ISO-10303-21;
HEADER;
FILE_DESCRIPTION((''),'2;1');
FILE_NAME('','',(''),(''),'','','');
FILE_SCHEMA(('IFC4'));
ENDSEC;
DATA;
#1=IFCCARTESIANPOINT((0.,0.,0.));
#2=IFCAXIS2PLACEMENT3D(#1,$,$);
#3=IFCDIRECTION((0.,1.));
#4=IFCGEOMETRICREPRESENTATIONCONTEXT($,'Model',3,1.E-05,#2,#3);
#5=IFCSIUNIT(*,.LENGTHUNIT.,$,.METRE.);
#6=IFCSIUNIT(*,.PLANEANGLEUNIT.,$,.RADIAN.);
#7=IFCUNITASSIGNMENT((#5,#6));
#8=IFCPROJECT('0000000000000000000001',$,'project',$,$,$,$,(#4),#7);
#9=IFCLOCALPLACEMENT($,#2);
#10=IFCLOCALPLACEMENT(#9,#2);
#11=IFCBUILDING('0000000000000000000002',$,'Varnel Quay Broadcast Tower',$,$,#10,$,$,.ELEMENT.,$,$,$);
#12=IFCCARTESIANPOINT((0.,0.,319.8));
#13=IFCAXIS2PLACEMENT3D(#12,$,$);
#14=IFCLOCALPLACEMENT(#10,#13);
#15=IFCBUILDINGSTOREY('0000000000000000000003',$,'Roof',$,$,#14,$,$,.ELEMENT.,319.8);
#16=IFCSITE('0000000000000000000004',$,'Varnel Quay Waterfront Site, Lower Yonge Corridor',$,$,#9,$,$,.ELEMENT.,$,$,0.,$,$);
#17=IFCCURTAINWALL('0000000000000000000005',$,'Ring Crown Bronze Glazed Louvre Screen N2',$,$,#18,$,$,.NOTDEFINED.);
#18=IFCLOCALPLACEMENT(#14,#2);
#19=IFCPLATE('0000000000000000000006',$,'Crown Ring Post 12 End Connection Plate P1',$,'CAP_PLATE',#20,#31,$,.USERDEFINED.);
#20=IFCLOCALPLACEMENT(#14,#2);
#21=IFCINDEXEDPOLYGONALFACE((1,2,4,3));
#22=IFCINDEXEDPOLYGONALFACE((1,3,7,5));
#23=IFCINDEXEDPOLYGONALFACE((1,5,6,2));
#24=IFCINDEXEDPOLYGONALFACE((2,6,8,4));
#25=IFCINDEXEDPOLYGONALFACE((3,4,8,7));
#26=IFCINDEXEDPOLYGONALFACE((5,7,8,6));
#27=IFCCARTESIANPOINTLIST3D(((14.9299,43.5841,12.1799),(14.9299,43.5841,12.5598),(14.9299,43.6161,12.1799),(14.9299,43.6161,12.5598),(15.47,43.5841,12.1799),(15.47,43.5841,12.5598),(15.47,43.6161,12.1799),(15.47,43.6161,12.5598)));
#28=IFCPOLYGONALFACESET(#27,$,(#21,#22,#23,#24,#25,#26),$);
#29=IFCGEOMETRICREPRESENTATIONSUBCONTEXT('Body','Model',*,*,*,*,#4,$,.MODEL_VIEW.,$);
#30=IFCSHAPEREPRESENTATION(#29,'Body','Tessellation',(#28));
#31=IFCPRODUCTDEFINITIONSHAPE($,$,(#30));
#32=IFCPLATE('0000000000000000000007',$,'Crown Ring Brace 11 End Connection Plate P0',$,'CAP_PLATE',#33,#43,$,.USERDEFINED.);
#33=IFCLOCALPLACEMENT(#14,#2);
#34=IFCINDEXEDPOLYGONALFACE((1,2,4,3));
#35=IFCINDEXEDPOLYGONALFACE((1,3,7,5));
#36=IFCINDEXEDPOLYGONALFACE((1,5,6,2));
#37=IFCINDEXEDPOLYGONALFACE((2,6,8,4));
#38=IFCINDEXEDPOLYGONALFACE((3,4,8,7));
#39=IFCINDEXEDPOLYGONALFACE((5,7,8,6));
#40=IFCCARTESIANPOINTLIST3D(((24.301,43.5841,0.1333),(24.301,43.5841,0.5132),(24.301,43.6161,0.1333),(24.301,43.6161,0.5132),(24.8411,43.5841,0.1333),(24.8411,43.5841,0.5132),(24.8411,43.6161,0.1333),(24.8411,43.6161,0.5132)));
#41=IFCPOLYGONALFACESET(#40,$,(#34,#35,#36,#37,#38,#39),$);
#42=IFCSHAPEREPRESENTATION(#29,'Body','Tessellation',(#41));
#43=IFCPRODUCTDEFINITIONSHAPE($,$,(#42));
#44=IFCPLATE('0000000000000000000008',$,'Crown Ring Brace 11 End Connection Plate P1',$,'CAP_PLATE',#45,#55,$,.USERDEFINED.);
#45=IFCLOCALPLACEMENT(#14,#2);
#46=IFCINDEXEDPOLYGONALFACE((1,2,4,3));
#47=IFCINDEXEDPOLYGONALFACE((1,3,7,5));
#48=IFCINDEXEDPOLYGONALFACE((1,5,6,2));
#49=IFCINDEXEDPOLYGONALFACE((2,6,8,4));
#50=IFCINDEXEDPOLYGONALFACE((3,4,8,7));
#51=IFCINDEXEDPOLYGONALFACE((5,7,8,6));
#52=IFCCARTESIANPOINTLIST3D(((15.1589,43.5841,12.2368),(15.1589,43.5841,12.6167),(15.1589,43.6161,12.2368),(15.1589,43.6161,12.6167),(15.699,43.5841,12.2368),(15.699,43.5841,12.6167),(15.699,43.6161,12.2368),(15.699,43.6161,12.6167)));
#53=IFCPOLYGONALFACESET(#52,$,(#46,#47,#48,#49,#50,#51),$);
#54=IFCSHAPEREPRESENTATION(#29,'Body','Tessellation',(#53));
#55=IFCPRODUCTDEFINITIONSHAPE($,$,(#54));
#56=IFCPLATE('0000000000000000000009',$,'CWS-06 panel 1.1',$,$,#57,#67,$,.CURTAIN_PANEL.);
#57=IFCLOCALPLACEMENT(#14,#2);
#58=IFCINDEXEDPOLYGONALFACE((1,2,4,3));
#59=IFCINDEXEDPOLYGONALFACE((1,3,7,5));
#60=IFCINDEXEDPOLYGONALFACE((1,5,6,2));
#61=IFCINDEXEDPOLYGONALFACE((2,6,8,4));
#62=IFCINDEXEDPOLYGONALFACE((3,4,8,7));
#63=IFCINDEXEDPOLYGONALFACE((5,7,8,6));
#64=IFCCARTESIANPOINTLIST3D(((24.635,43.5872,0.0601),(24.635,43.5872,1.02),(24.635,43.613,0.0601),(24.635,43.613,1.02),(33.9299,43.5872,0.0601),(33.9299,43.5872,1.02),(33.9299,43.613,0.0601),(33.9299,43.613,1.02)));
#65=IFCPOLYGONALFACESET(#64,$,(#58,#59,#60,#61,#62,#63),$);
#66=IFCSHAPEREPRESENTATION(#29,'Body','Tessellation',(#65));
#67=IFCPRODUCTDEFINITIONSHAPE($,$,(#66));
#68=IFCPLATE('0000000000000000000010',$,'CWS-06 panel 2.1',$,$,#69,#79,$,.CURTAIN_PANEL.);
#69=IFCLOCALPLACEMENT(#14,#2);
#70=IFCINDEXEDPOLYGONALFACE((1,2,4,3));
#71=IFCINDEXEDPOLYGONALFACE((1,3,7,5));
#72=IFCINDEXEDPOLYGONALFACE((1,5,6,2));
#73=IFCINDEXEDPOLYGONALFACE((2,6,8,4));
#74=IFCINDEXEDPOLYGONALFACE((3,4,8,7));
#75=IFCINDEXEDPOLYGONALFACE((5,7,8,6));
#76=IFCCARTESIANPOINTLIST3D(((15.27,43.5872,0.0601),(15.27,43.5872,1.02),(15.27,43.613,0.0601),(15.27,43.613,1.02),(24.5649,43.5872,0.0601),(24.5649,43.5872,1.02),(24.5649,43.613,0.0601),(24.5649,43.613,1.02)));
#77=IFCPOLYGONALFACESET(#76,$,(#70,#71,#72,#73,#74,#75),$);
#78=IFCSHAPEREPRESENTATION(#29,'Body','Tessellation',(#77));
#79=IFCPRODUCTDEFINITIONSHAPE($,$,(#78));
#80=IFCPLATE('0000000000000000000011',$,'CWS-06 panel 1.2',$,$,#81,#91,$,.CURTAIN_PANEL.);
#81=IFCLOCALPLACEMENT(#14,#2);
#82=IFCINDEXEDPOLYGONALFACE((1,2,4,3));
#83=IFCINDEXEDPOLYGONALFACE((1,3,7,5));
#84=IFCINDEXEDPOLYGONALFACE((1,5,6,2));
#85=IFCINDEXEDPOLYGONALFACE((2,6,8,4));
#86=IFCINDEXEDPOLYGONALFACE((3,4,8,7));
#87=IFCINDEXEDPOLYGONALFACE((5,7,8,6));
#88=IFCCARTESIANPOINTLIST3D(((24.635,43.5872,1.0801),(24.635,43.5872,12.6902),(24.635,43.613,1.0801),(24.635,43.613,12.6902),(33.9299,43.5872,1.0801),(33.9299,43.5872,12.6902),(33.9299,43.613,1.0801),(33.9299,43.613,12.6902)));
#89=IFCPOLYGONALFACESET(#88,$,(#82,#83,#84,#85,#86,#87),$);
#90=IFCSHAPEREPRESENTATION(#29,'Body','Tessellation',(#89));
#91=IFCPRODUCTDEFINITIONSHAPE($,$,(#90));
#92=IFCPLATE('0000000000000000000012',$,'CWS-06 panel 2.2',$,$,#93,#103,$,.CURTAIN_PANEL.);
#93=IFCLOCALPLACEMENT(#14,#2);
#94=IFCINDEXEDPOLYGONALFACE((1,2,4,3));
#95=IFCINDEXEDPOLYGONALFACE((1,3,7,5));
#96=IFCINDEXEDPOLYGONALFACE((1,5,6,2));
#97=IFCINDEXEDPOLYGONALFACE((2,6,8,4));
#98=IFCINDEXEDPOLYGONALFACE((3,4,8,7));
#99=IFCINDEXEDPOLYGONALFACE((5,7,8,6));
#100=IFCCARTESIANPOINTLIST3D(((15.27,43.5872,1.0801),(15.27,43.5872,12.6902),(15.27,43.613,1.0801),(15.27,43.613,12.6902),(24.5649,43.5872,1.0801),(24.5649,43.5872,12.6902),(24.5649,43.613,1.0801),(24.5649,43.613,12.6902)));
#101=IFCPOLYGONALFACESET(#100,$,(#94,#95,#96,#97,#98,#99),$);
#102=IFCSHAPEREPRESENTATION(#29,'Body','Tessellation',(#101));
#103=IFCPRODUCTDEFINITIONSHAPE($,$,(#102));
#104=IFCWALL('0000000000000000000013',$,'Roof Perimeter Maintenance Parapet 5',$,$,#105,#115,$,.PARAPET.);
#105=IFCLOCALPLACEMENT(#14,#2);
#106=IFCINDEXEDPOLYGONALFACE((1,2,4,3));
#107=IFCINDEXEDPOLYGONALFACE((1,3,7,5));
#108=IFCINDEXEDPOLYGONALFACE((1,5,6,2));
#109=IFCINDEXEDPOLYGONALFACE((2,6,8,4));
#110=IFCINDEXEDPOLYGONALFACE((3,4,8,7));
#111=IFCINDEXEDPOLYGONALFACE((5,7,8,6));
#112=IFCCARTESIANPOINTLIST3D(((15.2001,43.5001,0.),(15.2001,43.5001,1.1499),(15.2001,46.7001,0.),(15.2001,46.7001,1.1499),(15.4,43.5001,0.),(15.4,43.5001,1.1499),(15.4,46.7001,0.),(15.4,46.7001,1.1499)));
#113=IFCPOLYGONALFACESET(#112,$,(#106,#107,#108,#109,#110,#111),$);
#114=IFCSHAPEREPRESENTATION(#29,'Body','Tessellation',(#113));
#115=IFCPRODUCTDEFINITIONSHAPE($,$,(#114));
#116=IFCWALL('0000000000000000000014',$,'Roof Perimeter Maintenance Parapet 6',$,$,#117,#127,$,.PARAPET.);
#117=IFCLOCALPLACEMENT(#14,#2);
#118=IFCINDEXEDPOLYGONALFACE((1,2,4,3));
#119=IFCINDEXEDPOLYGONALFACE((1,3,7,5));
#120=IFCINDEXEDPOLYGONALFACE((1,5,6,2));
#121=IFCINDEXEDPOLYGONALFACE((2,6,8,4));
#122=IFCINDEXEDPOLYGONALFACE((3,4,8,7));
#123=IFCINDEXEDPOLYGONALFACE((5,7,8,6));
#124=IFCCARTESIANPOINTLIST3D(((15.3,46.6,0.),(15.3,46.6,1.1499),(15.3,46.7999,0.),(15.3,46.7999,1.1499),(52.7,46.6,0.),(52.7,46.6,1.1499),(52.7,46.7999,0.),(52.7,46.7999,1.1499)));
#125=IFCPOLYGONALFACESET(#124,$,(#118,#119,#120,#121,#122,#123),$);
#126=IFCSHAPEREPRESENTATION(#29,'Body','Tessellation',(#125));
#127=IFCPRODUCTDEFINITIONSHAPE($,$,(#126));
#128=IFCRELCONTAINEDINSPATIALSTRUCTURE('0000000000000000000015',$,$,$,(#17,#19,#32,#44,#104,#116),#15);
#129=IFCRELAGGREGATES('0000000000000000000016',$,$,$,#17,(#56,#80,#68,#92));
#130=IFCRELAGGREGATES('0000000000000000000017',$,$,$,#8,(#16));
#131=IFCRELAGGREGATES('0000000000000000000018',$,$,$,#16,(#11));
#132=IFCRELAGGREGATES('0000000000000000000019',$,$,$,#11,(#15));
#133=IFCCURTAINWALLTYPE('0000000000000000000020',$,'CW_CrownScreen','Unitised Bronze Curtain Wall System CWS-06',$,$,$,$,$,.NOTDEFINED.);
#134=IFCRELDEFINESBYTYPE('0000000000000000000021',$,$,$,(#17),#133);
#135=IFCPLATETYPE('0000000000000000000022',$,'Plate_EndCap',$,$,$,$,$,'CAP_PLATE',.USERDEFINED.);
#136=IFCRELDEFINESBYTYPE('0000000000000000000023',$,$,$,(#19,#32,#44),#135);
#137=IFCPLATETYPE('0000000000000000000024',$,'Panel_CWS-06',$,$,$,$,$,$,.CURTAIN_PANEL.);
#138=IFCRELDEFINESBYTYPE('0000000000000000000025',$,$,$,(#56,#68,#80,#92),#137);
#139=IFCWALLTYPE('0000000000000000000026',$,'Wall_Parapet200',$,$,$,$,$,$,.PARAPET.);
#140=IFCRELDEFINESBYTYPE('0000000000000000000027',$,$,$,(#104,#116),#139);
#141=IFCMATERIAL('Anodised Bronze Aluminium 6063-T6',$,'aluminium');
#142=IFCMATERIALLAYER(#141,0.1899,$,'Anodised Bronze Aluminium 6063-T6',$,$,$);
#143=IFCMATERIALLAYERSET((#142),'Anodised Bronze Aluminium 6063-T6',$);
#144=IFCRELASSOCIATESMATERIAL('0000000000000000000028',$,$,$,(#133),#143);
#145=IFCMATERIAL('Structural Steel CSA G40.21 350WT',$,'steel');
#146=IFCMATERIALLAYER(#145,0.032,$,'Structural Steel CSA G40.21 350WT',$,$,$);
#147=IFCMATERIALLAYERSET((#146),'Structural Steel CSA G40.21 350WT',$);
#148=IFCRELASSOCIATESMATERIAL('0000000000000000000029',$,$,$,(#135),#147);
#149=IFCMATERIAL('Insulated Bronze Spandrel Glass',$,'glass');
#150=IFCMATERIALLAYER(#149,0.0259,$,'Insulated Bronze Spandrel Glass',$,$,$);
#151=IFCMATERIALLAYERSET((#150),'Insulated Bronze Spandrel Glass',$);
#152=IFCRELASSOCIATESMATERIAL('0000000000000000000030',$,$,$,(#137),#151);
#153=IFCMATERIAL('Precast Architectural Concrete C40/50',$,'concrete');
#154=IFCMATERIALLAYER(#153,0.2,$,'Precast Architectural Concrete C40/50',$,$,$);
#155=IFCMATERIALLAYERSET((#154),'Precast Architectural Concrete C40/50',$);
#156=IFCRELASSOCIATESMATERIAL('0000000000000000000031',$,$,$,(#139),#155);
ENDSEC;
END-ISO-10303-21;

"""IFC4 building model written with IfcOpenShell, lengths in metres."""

from ifc_helpers import new_model, si_unit, direction, frame, frame_2d, origin, origin_2d, place, context, subcontext, project, spatial, rectangle, extrude, source, transform, mapped, material, layer, layer_set, type_object, type_shapes, element, aggregate, save


model = new_model("IFC4")

# Units and contexts
model_context = context("Model", 3, precision=1e-05, world=origin(), true_north=direction((0.0, 1.0)))
body_context = subcontext(model_context, "Body", "Model", "MODEL_VIEW")
ifc_project = project(units=[si_unit("LENGTHUNIT", "METRE"), si_unit("PLANEANGLEUNIT", "RADIAN")], contexts=[model_context])

# Site, building, storey
site_placement = place(None, origin())
site = spatial("IfcSite", under=ifc_project, at=site_placement, Name="Varnel Quay Waterfront Site, Lower Yonge Corridor", CompositionType="ELEMENT", RefElevation=0.0)
building_placement = place(site_placement, origin())
building = spatial("IfcBuilding", under=site, at=building_placement, Name="Varnel Quay Broadcast Tower", CompositionType="ELEMENT")
storey_placement = place(building_placement, frame((0.0, 0.0, 319.8)))
storey = spatial("IfcBuildingStorey", under=building, at=storey_placement, Name="Roof", CompositionType="ELEMENT", Elevation=319.8)

# Shared definitions
ifc_material_1 = material(Name="Structural Steel CSA G40.21 350WT", Category="steel")

# Curtain wall
ifc_material_2 = material(Name="Anodised Bronze Aluminium 6063-T6", Category="aluminium")
ifc_layer_1 = layer(ifc_material_2, 0.1899, Name="Anodised Bronze Aluminium 6063-T6")
ifc_layer_set_1 = layer_set([ifc_layer_1], Name="Anodised Bronze Aluminium 6063-T6")
curtain_wall_type = type_object("IfcCurtainWallType", Name="CW_CrownScreen", Description="Unitised Bronze Curtain Wall System CWS-06", PredefinedType="NOTDEFINED", material=ifc_layer_set_1)
curtain_wall_placement = place(storey_placement, origin())
curtain_wall = element("IfcCurtainWall", 1, at=curtain_wall_placement, inside=storey, type_object=curtain_wall_type, Name="Ring Crown Bronze Glazed Louvre Screen N2", PredefinedType="NOTDEFINED")

# Plates
ifc_layer_2 = layer(ifc_material_1, 0.032, Name="Structural Steel CSA G40.21 350WT")
ifc_layer_set_2 = layer_set([ifc_layer_2], Name="Structural Steel CSA G40.21 350WT")
plate_type_1 = type_object("IfcPlateType", Name="Plate_EndCap", ElementType="CAP_PLATE", PredefinedType="USERDEFINED", material=ifc_layer_set_2)
shared_shape_1 = source(origin(), body_context, "Body", "SweptSolid", [
    extrude(rectangle(XDim=0.54, YDim=0.032, at=origin_2d()), origin(), (0.0, 0.0, 1.0), 0.3799),
])
type_shapes(plate_type_1, [shared_shape_1])
for number, where, z_axis, x_axis, name in (
    (2, (15.2, 43.6001, 12.1799), (0.0, 0.0, 1.0), (1.0, 0.0, 0.0), "Crown Ring Post 12 End Connection Plate P1"),
    (3, (24.571, 43.6001, 0.1333), (0.0, 0.0, 1.0), (1.0, 0.0, 0.0), "Crown Ring Brace 11 End Connection Plate P0"),
    (4, (15.429, 43.6001, 12.2368), (0.0, 0.0, 1.0), (1.0, 0.0, 0.0), "Crown Ring Brace 11 End Connection Plate P1"),
):
    element("IfcPlate", number, at=place(storey_placement, frame(where, z_axis=z_axis, x_axis=x_axis)), inside=storey, type_object=plate_type_1, Name=name, ObjectType="CAP_PLATE", PredefinedType="USERDEFINED", context=body_context, shape_type="MappedRepresentation", body=[
        mapped(shared_shape_1, transform((0.0, 0.0, 0.0), x_axis=(1.0, 0.0, 0.0), y_axis=(0.0, 1.0, 0.0), z_axis=(0.0, 0.0, 1.0), scale=1.0)),
    ])

# Plates
ifc_material_3 = material(Name="Insulated Bronze Spandrel Glass", Category="glass")
ifc_layer_3 = layer(ifc_material_3, 0.0259, Name="Insulated Bronze Spandrel Glass")
ifc_layer_set_3 = layer_set([ifc_layer_3], Name="Insulated Bronze Spandrel Glass")
plate_type_2 = type_object("IfcPlateType", Name="Panel_CWS-06", PredefinedType="CURTAIN_PANEL", material=ifc_layer_set_3)
shared_shape_2 = source(origin(), body_context, "Body", "SweptSolid", [
    extrude(rectangle(XDim=9.2949, YDim=0.0259, at=origin_2d()), origin(), (0.0, 0.0, 1.0), 0.96),
])
plate_1_placement = place(storey_placement, frame((29.2825, 43.6001, 0.0601), z_axis=(0.0, 0.0, 1.0), x_axis=(-1.0, 0.0, 0.0)))
plate_1 = element("IfcPlate", 5, at=plate_1_placement, type_object=plate_type_2, Name="CWS-06 panel 1.1", PredefinedType="CURTAIN_PANEL", context=body_context, shape_type="MappedRepresentation", body=[
    mapped(shared_shape_2, transform((0.0, 0.0, 0.0), x_axis=(1.0, 0.0, 0.0), y_axis=(0.0, 1.0, 0.0), z_axis=(0.0, 0.0, 1.0), scale=1.0)),
])
plate_2_placement = place(storey_placement, frame((19.9175, 43.6001, 0.0601), z_axis=(0.0, 0.0, 1.0), x_axis=(-1.0, 0.0, 0.0)))
plate_2 = element("IfcPlate", 6, at=plate_2_placement, type_object=plate_type_2, Name="CWS-06 panel 2.1", PredefinedType="CURTAIN_PANEL", context=body_context, shape_type="MappedRepresentation", body=[
    mapped(shared_shape_2, transform((0.0, 0.0, 0.0), x_axis=(1.0, 0.0, 0.0), y_axis=(0.0, 1.0, 0.0), z_axis=(0.0, 0.0, 1.0), scale=1.0)),
])
shared_shape_3 = source(origin(), body_context, "Body", "SweptSolid", [
    extrude(rectangle(XDim=9.2949, YDim=0.0259, at=origin_2d()), origin(), (0.0, 0.0, 1.0), 11.6101),
])
type_shapes(plate_type_2, [shared_shape_2, shared_shape_3])
plate_3_placement = place(storey_placement, frame((29.2825, 43.6001, 1.0801), z_axis=(0.0, 0.0, 1.0), x_axis=(-1.0, 0.0, 0.0)))
plate_3 = element("IfcPlate", 7, at=plate_3_placement, type_object=plate_type_2, Name="CWS-06 panel 1.2", PredefinedType="CURTAIN_PANEL", context=body_context, shape_type="MappedRepresentation", body=[
    mapped(shared_shape_3, transform((0.0, 0.0, 0.0), x_axis=(1.0, 0.0, 0.0), y_axis=(0.0, 1.0, 0.0), z_axis=(0.0, 0.0, 1.0), scale=1.0)),
])
plate_4_placement = place(storey_placement, frame((19.9175, 43.6001, 1.0801), z_axis=(0.0, 0.0, 1.0), x_axis=(-1.0, 0.0, 0.0)))
plate_4 = element("IfcPlate", 8, at=plate_4_placement, type_object=plate_type_2, Name="CWS-06 panel 2.2", PredefinedType="CURTAIN_PANEL", context=body_context, shape_type="MappedRepresentation", body=[
    mapped(shared_shape_3, transform((0.0, 0.0, 0.0), x_axis=(1.0, 0.0, 0.0), y_axis=(0.0, 1.0, 0.0), z_axis=(0.0, 0.0, 1.0), scale=1.0)),
])
aggregate(curtain_wall, [plate_1, plate_3, plate_2, plate_4])

# Walls
ifc_material_4 = material(Name="Precast Architectural Concrete C40/50", Category="concrete")
ifc_layer_4 = layer(ifc_material_4, 0.2, Name="Precast Architectural Concrete C40/50")
ifc_layer_set_4 = layer_set([ifc_layer_4], Name="Precast Architectural Concrete C40/50")
wall_type = type_object("IfcWallType", Name="Wall_Parapet200", PredefinedType="PARAPET", material=ifc_layer_set_4)
wall_1_placement = place(storey_placement, frame((15.3, 43.5, 0.0), z_axis=(0.0, 0.0, 1.0), x_axis=(0.0, 1.0, 0.0)))
element("IfcWall", 9, at=wall_1_placement, inside=storey, type_object=wall_type, Name="Roof Perimeter Maintenance Parapet 5", PredefinedType="PARAPET", context=body_context, shape_type="SweptSolid", body=[
    extrude(rectangle(XDim=3.2, YDim=0.2, at=frame_2d((1.6001, 0.0))), origin(), (0.0, 0.0, 1.0), 1.1499),
])
wall_2_placement = place(storey_placement, frame((15.3, 46.7, 0.0), z_axis=(0.0, 0.0, 1.0), x_axis=(1.0, 0.0, 0.0)))
element("IfcWall", 10, at=wall_2_placement, inside=storey, type_object=wall_type, Name="Roof Perimeter Maintenance Parapet 6", PredefinedType="PARAPET", context=body_context, shape_type="SweptSolid", body=[
    extrude(rectangle(XDim=37.3999, YDim=0.2, at=frame_2d((18.7, 0.0))), origin(), (0.0, 0.0, 1.0), 1.1499),
])

save(model, "model.ifc")
